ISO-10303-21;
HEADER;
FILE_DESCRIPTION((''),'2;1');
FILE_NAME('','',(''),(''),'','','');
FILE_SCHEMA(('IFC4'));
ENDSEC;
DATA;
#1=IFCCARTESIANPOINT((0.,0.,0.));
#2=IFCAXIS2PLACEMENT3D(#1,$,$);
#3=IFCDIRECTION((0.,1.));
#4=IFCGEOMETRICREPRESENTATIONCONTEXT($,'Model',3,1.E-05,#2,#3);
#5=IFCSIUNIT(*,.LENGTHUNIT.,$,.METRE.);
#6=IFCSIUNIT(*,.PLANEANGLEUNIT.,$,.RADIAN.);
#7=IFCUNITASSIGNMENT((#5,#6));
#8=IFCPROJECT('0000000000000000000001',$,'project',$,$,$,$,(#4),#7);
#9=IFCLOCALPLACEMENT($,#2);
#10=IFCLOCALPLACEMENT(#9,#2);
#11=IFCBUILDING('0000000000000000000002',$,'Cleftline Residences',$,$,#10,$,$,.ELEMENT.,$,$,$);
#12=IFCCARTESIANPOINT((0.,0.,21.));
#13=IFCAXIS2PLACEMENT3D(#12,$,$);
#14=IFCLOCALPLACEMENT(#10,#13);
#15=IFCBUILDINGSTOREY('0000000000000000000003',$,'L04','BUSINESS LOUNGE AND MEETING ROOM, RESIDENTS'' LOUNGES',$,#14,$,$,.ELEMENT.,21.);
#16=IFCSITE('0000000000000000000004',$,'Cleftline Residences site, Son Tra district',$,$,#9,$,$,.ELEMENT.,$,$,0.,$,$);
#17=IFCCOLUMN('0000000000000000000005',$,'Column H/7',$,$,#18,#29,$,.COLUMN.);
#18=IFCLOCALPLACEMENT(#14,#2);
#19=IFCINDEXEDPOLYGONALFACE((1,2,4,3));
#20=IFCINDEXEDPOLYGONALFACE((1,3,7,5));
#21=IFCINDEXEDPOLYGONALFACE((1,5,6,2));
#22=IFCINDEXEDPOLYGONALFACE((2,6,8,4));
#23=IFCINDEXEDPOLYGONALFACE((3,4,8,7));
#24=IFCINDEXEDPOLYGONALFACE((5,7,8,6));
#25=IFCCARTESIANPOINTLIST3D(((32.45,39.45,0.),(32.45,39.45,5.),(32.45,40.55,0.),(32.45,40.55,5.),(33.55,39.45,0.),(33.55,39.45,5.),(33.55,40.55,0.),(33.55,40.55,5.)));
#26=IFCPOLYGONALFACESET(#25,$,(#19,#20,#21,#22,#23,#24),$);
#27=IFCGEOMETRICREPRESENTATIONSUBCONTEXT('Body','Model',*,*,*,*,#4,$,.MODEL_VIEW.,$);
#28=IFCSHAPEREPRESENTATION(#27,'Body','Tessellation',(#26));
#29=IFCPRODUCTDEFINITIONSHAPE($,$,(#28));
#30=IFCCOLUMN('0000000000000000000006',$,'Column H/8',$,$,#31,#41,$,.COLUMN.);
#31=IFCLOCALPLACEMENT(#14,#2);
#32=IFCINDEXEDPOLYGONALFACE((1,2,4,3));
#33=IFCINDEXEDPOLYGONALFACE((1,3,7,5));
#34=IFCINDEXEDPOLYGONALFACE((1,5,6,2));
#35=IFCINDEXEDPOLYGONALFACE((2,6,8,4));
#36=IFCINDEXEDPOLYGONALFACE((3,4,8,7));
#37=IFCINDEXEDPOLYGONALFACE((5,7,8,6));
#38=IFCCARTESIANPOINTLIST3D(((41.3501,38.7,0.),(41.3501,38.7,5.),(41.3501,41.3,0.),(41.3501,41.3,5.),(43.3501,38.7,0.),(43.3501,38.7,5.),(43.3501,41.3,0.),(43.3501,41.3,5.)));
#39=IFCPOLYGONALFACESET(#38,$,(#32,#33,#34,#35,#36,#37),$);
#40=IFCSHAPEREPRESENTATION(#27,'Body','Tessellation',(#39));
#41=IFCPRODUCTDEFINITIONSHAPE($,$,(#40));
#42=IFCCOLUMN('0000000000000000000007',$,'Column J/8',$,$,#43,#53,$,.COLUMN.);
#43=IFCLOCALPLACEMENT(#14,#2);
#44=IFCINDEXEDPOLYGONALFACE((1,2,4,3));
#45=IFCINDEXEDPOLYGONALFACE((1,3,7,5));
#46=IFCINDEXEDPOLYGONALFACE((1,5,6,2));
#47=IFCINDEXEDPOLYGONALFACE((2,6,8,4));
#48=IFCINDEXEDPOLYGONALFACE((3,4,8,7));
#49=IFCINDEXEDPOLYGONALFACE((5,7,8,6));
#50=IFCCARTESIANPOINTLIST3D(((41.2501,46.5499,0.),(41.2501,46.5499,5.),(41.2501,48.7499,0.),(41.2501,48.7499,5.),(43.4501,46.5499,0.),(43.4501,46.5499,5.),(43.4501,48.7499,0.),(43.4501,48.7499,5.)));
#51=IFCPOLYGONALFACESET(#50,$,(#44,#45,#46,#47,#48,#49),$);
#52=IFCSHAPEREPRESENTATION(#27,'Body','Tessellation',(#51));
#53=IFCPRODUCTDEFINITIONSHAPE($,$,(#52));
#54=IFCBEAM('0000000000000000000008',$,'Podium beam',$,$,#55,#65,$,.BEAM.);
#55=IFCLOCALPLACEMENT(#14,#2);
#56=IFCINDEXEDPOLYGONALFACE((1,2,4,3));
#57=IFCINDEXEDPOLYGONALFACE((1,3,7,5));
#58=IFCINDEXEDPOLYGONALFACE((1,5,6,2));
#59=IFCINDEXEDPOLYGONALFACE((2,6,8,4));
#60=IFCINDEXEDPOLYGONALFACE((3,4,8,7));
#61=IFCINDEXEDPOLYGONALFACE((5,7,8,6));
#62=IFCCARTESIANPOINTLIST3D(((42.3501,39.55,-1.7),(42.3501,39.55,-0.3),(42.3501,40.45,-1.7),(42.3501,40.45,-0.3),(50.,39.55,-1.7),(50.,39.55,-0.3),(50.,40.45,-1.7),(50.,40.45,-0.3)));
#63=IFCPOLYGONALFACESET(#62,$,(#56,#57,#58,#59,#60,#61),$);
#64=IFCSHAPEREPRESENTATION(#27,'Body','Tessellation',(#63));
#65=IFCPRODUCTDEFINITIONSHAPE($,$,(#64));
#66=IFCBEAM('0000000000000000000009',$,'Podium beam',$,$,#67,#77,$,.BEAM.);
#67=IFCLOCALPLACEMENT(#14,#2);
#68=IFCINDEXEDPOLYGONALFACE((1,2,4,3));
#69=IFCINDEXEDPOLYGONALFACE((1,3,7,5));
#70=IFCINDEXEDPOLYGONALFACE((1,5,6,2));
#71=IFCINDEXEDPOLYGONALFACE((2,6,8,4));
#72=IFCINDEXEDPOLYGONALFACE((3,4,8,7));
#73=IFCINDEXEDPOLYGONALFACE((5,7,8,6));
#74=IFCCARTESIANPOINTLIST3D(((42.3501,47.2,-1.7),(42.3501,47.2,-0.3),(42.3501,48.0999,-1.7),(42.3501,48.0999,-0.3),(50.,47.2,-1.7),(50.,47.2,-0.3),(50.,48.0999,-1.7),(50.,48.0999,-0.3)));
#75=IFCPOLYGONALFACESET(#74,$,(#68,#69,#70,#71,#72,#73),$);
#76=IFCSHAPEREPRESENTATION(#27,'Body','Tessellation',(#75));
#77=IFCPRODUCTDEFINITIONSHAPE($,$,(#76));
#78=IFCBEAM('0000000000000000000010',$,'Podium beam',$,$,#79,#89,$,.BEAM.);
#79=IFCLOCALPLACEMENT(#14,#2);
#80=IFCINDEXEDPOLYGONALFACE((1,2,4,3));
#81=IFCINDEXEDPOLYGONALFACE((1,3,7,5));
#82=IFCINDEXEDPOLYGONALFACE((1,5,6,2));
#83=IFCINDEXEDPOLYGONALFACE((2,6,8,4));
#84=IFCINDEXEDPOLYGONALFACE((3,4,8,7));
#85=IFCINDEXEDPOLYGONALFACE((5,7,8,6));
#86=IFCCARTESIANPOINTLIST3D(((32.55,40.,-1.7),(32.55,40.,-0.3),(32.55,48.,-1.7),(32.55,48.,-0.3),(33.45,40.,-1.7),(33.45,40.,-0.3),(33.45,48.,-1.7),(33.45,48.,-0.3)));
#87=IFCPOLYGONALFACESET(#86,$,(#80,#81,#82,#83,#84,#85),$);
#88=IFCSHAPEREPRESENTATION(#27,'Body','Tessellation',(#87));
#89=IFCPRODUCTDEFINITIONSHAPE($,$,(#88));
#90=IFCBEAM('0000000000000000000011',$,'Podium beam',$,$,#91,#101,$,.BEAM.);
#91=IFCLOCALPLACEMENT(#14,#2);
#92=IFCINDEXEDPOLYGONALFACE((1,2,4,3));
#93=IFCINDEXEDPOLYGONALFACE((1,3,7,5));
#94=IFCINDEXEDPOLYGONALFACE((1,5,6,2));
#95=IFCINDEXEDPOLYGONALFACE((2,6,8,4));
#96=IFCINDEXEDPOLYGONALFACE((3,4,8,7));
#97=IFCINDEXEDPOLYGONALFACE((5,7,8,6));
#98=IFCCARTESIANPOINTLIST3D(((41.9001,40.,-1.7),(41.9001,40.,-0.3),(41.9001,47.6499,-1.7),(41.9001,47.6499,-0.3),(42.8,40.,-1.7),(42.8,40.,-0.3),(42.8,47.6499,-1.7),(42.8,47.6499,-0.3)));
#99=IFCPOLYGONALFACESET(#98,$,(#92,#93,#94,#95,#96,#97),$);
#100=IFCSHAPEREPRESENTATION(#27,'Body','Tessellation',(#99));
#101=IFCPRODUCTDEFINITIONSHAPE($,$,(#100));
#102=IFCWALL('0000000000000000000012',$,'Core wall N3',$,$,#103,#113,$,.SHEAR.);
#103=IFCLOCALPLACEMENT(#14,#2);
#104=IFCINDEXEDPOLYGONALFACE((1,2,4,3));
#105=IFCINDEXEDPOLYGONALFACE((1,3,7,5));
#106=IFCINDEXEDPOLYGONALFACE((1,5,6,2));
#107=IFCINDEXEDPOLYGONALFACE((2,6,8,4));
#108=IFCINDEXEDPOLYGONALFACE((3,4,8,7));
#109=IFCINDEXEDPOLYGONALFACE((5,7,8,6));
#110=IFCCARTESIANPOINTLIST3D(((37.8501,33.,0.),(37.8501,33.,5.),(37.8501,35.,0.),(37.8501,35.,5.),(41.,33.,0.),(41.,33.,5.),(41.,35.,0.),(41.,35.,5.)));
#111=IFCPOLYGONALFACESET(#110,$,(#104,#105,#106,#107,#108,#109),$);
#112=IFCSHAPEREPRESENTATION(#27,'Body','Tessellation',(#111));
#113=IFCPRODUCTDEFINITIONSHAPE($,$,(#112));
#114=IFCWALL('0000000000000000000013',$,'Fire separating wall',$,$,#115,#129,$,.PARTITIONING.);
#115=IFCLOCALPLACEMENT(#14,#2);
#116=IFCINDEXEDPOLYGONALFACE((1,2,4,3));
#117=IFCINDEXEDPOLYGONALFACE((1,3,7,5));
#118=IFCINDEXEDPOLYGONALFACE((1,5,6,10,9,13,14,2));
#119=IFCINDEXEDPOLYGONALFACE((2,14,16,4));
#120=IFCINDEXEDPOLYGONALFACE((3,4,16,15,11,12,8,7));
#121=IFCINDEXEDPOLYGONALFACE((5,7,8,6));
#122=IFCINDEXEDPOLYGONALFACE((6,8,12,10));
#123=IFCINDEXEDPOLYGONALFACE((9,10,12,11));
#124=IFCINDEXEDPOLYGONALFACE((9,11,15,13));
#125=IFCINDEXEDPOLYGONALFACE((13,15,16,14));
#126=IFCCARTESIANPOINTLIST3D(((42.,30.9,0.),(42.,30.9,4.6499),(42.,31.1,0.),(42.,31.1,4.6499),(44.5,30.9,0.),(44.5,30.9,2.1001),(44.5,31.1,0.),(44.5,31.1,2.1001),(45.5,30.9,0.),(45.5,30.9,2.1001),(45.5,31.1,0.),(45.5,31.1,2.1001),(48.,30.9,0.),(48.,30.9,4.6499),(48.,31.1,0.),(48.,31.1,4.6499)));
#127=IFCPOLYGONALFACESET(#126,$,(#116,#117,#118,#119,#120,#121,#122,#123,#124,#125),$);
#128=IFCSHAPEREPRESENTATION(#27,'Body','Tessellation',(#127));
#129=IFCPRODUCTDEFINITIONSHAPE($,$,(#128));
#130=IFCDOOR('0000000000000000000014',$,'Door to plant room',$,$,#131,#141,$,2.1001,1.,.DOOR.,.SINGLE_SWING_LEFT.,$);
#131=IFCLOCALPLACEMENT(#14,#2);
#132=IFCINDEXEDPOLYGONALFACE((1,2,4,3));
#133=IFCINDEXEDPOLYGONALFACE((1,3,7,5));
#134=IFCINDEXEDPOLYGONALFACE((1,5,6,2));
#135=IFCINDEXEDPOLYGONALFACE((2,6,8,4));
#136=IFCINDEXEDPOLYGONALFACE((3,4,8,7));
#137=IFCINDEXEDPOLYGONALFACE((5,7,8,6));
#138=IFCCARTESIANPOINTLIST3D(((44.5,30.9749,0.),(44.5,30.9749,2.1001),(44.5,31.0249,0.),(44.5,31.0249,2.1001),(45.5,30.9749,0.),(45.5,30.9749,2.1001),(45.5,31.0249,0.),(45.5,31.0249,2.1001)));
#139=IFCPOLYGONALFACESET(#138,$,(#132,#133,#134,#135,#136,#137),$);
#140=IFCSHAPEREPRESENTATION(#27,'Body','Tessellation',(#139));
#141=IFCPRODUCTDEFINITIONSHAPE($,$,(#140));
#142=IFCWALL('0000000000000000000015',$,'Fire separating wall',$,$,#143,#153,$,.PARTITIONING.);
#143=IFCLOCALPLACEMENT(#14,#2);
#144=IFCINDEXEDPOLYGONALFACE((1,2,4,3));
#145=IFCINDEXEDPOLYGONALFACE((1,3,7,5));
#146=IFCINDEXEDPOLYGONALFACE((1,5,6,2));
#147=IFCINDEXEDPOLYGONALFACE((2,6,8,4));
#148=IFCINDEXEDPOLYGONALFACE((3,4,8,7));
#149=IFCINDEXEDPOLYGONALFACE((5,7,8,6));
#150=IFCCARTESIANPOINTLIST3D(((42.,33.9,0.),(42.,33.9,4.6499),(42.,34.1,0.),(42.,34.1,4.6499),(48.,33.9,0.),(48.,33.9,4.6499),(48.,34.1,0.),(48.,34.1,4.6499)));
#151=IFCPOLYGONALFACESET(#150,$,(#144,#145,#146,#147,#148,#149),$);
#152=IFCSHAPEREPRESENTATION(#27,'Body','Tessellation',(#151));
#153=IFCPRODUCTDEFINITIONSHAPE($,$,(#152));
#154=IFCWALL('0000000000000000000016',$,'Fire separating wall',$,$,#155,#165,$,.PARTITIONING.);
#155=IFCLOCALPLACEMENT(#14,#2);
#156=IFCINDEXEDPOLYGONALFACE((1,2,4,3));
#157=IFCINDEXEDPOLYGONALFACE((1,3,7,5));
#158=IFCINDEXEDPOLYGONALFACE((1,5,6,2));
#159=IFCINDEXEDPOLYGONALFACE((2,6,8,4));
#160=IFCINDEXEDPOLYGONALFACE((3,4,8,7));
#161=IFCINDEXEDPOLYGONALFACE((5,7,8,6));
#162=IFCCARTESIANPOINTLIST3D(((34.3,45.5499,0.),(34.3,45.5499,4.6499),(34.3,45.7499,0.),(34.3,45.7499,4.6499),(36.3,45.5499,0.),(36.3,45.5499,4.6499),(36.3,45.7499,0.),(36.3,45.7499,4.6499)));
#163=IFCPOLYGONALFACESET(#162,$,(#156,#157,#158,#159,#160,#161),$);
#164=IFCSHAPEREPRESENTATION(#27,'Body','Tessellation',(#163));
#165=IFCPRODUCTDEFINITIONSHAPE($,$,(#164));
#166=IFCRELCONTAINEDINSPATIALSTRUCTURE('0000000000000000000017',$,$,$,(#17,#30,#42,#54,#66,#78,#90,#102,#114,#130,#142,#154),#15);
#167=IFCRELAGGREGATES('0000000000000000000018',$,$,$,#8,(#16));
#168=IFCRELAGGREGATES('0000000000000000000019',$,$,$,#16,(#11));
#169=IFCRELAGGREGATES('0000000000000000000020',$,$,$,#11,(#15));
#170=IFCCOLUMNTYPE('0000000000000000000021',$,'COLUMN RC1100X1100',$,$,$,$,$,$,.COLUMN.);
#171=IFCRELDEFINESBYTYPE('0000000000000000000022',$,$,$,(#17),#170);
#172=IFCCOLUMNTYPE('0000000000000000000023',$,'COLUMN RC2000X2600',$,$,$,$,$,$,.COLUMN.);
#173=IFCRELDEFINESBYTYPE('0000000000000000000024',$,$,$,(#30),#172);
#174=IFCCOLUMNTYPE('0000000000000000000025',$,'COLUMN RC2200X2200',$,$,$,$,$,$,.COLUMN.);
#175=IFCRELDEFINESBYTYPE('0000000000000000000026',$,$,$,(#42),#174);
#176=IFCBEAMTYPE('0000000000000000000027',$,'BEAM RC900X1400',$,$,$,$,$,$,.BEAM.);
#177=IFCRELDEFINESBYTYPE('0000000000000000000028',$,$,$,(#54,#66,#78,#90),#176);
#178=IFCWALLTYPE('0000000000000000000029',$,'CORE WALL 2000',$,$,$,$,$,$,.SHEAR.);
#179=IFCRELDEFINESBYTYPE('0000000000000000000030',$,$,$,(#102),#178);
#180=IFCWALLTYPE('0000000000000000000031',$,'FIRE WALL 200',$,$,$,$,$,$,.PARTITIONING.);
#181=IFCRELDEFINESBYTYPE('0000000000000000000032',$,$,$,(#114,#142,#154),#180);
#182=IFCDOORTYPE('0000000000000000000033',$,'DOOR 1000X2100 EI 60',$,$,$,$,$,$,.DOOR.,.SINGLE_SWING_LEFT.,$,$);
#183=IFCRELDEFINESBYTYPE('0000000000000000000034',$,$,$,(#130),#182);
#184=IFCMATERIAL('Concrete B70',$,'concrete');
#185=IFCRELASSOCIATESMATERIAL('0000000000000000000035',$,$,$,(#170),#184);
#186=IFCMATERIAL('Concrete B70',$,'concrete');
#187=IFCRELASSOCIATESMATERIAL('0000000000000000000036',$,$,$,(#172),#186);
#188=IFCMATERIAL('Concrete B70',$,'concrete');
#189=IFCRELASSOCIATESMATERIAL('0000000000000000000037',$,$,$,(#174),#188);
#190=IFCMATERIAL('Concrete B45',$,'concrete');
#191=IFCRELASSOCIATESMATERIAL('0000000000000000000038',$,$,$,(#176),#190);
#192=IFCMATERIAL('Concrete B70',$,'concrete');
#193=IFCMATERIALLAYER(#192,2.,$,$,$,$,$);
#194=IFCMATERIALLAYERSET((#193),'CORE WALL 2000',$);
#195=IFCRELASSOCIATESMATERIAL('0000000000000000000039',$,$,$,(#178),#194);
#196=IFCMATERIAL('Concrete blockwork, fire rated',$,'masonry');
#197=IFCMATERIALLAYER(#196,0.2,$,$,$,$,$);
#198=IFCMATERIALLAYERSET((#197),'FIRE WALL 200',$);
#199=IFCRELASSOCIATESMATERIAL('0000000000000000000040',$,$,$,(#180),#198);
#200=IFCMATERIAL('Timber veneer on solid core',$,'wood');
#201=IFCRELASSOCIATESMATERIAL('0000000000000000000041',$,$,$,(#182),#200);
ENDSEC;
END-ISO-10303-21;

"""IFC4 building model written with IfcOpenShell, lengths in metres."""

from ifc_helpers import new_model, si_unit, direction, frame, frame_2d, origin, origin_2d, place, context, subcontext, project, spatial, rectangle, extrude, material, layer, layer_set, material_profile, profile_set, type_object, element, fill, save


model = new_model("IFC4")

# Units and contexts
model_context = context("Model", 3, precision=1e-05, world=origin(), true_north=direction((0.0, 1.0)))
body_context = subcontext(model_context, "Body", "Model", "MODEL_VIEW")
ifc_project = project(units=[si_unit("LENGTHUNIT", "METRE"), si_unit("PLANEANGLEUNIT", "RADIAN")], contexts=[model_context])

# Site, building, storey
site_placement = place(None, origin())
site = spatial("IfcSite", under=ifc_project, at=site_placement, Name="Cleftline Residences site, Son Tra district", CompositionType="ELEMENT", RefElevation=0.0)
building_placement = place(site_placement, origin())
building = spatial("IfcBuilding", under=site, at=building_placement, Name="Cleftline Residences", CompositionType="ELEMENT")
storey_placement = place(building_placement, frame((0.0, 0.0, 21.0)))
storey = spatial("IfcBuildingStorey", under=building, at=storey_placement, Name="L04", Description="BUSINESS LOUNGE AND MEETING ROOM, RESIDENTS' LOUNGES", CompositionType="ELEMENT", Elevation=21.0)

# Columns
ifc_material_1 = material(Name="Concrete B70", Category="concrete")
ifc_material_profile_1 = material_profile(ifc_material_1, rectangle(XDim=1.1001, YDim=1.1001, at=origin_2d()))
ifc_profile_set_1 = profile_set([ifc_material_profile_1], Name="Concrete B70")
column_type_1 = type_object("IfcColumnType", Name="COLUMN RC1100X1100", PredefinedType="COLUMN", material=ifc_profile_set_1)
column_1_placement = place(storey_placement, frame((33.0, 40.0, 0.0), z_axis=(0.0, 0.0, 1.0), x_axis=(1.0, 0.0, 0.0)))
element("IfcColumn", 1, at=column_1_placement, inside=storey, type_object=column_type_1, Name="Column H/7", PredefinedType="COLUMN", context=body_context, shape_type="SweptSolid", body=[
    extrude(rectangle(XDim=1.1001, YDim=1.1001, at=origin_2d()), origin(), (0.0, 0.0, 1.0), 5.0),
])
ifc_material_2 = material(Name="Concrete B70", Category="concrete")
ifc_material_profile_2 = material_profile(ifc_material_2, rectangle(XDim=2.0, YDim=2.6001, at=origin_2d()))
ifc_profile_set_2 = profile_set([ifc_material_profile_2], Name="Concrete B70")
column_type_2 = type_object("IfcColumnType", Name="COLUMN RC2000X2600", PredefinedType="COLUMN", material=ifc_profile_set_2)
column_2_placement = place(storey_placement, frame((42.3501, 40.0, 0.0), z_axis=(0.0, 0.0, 1.0), x_axis=(1.0, 0.0, 0.0)))
element("IfcColumn", 2, at=column_2_placement, inside=storey, type_object=column_type_2, Name="Column H/8", PredefinedType="COLUMN", context=body_context, shape_type="SweptSolid", body=[
    extrude(rectangle(XDim=2.0, YDim=2.6001, at=origin_2d()), origin(), (0.0, 0.0, 1.0), 5.0),
])
ifc_material_3 = material(Name="Concrete B70", Category="concrete")
ifc_material_profile_3 = material_profile(ifc_material_3, rectangle(XDim=2.2, YDim=2.2, at=origin_2d()))
ifc_profile_set_3 = profile_set([ifc_material_profile_3], Name="Concrete B70")
column_type_3 = type_object("IfcColumnType", Name="COLUMN RC2200X2200", PredefinedType="COLUMN", material=ifc_profile_set_3)
column_3_placement = place(storey_placement, frame((42.3501, 47.6499, 0.0), z_axis=(0.0, 0.0, 1.0), x_axis=(1.0, 0.0, 0.0)))
element("IfcColumn", 3, at=column_3_placement, inside=storey, type_object=column_type_3, Name="Column J/8", PredefinedType="COLUMN", context=body_context, shape_type="SweptSolid", body=[
    extrude(rectangle(XDim=2.2, YDim=2.2, at=origin_2d()), origin(), (0.0, 0.0, 1.0), 5.0),
])

# Beams
ifc_material_4 = material(Name="Concrete B45", Category="concrete")
ifc_material_profile_4 = material_profile(ifc_material_4, rectangle(XDim=0.8999, YDim=1.3999, at=origin_2d()))
ifc_profile_set_4 = profile_set([ifc_material_profile_4], Name="Concrete B45")
beam_type = type_object("IfcBeamType", Name="BEAM RC900X1400", PredefinedType="BEAM", material=ifc_profile_set_4)
for number, where, z_axis, x_axis, name in (
    (4, (42.3501, 40.0, -1.0), (1.0, 0.0, 0.0), (0.0, 1.0, 0.0), "Podium beam"),
    (5, (42.3501, 47.6499, -1.0), (1.0, 0.0, 0.0), (0.0, 1.0, 0.0), "Podium beam"),
):
    element("IfcBeam", number, at=place(storey_placement, frame(where, z_axis=z_axis, x_axis=x_axis)), inside=storey, type_object=beam_type, Name=name, PredefinedType="BEAM", context=body_context, shape_type="SweptSolid", body=[
        extrude(rectangle(XDim=0.8999, YDim=1.3999, at=origin_2d()), origin(), (0.0, 0.0, 1.0), 7.6499),
    ])
beam_1_placement = place(storey_placement, frame((33.0, 40.0, -1.0), z_axis=(0.0, 1.0, 0.0), x_axis=(-1.0, 0.0, 0.0)))
element("IfcBeam", 6, at=beam_1_placement, inside=storey, type_object=beam_type, Name="Podium beam", PredefinedType="BEAM", context=body_context, shape_type="SweptSolid", body=[
    extrude(rectangle(XDim=0.8999, YDim=1.3999, at=origin_2d()), origin(), (0.0, 0.0, 1.0), 8.0),
])
beam_2_placement = place(storey_placement, frame((42.3501, 40.0, -1.0), z_axis=(0.0, 1.0, 0.0), x_axis=(-1.0, 0.0, 0.0)))
element("IfcBeam", 7, at=beam_2_placement, inside=storey, type_object=beam_type, Name="Podium beam", PredefinedType="BEAM", context=body_context, shape_type="SweptSolid", body=[
    extrude(rectangle(XDim=0.8999, YDim=1.3999, at=origin_2d()), origin(), (0.0, 0.0, 1.0), 7.6499),
])

# Wall
ifc_material_5 = material(Name="Concrete B70", Category="concrete")
ifc_layer_1 = layer(ifc_material_5, 2.0)
ifc_layer_set_1 = layer_set([ifc_layer_1], Name="CORE WALL 2000")
wall_type_1 = type_object("IfcWallType", Name="CORE WALL 2000", PredefinedType="SHEAR", material=ifc_layer_set_1)
wall_1_placement = place(storey_placement, frame((37.8501, 34.0, 0.0), z_axis=(0.0, 0.0, 1.0), x_axis=(1.0, 0.0, 0.0)))
element("IfcWall", 8, at=wall_1_placement, inside=storey, type_object=wall_type_1, Name="Core wall N3", PredefinedType="SHEAR", context=body_context, shape_type="SweptSolid", body=[
    extrude(rectangle(XDim=3.1499, YDim=2.0, at=frame_2d((1.575, 0.0))), origin(), (0.0, 0.0, 1.0), 5.0),
])

# Wall, opening, door
ifc_material_6 = material(Name="Concrete blockwork, fire rated", Category="masonry")
ifc_layer_2 = layer(ifc_material_6, 0.2)
ifc_layer_set_2 = layer_set([ifc_layer_2], Name="FIRE WALL 200")
wall_type_2 = type_object("IfcWallType", Name="FIRE WALL 200", PredefinedType="PARTITIONING", material=ifc_layer_set_2)
wall_2_placement = place(storey_placement, frame((42.0, 31.0, 0.0), z_axis=(0.0, 0.0, 1.0), x_axis=(1.0, 0.0, 0.0)))
wall_2 = element("IfcWall", 9, at=wall_2_placement, inside=storey, type_object=wall_type_2, Name="Fire separating wall", PredefinedType="PARTITIONING", context=body_context, shape_type="SweptSolid", body=[
    extrude(rectangle(XDim=6.0, YDim=0.2, at=frame_2d((3.0, 0.0))), origin(), (0.0, 0.0, 1.0), 4.6499),
])
opening_1_placement = place(wall_2_placement, frame((2.5, 0.0, 0.0)))
opening_1 = element("IfcOpeningElement", 10, at=opening_1_placement, cuts=wall_2, PredefinedType="OPENING", context=body_context, shape_type="SweptSolid", body=[
    extrude(rectangle(XDim=1.0, YDim=2.1001, at=frame_2d((0.5, 1.05))), frame((0.0, 0.1099, 0.0), z_axis=(0.0, -1.0, 0.0), x_axis=(1.0, 0.0, 0.0)), (0.0, 0.0, 1.0), 0.22),
])
ifc_material_7 = material(Name="Timber veneer on solid core", Category="wood")
door_type_1 = type_object("IfcDoorType", Name="DOOR 1000X2100 EI 60", OperationType="SINGLE_SWING_LEFT", PredefinedType="DOOR", material=ifc_material_7)
door_1_placement = place(opening_1_placement, origin())
door_1 = element("IfcDoor", 11, at=door_1_placement, inside=storey, type_object=door_type_1, Name="Door to plant room", OperationType="SINGLE_SWING_LEFT", OverallHeight=2.1001, OverallWidth=1.0, PredefinedType="DOOR", context=body_context, shape_type="SweptSolid", body=[
    extrude(rectangle(XDim=1.0, YDim=2.1001, at=frame_2d((0.5, 1.05))), frame((0.0, 0.0249, 0.0), z_axis=(0.0, -1.0, 0.0), x_axis=(1.0, 0.0, 0.0)), (0.0, 0.0, 1.0), 0.05),
])
fill(opening_1, door_1)

# Walls
wall_3_placement = place(storey_placement, frame((42.0, 34.0, 0.0), z_axis=(0.0, 0.0, 1.0), x_axis=(1.0, 0.0, 0.0)))
element("IfcWall", 12, at=wall_3_placement, inside=storey, type_object=wall_type_2, Name="Fire separating wall", PredefinedType="PARTITIONING", context=body_context, shape_type="SweptSolid", body=[
    extrude(rectangle(XDim=6.0, YDim=0.2, at=frame_2d((3.0, 0.0))), origin(), (0.0, 0.0, 1.0), 4.6499),
])
wall_4_placement = place(storey_placement, frame((34.3, 45.6499, 0.0), z_axis=(0.0, 0.0, 1.0), x_axis=(1.0, 0.0, 0.0)))
element("IfcWall", 13, at=wall_4_placement, inside=storey, type_object=wall_type_2, Name="Fire separating wall", PredefinedType="PARTITIONING", context=body_context, shape_type="SweptSolid", body=[
    extrude(rectangle(XDim=2.0, YDim=0.2, at=frame_2d((1.0, 0.0))), origin(), (0.0, 0.0, 1.0), 4.6499),
])

save(model, "model.ifc")
